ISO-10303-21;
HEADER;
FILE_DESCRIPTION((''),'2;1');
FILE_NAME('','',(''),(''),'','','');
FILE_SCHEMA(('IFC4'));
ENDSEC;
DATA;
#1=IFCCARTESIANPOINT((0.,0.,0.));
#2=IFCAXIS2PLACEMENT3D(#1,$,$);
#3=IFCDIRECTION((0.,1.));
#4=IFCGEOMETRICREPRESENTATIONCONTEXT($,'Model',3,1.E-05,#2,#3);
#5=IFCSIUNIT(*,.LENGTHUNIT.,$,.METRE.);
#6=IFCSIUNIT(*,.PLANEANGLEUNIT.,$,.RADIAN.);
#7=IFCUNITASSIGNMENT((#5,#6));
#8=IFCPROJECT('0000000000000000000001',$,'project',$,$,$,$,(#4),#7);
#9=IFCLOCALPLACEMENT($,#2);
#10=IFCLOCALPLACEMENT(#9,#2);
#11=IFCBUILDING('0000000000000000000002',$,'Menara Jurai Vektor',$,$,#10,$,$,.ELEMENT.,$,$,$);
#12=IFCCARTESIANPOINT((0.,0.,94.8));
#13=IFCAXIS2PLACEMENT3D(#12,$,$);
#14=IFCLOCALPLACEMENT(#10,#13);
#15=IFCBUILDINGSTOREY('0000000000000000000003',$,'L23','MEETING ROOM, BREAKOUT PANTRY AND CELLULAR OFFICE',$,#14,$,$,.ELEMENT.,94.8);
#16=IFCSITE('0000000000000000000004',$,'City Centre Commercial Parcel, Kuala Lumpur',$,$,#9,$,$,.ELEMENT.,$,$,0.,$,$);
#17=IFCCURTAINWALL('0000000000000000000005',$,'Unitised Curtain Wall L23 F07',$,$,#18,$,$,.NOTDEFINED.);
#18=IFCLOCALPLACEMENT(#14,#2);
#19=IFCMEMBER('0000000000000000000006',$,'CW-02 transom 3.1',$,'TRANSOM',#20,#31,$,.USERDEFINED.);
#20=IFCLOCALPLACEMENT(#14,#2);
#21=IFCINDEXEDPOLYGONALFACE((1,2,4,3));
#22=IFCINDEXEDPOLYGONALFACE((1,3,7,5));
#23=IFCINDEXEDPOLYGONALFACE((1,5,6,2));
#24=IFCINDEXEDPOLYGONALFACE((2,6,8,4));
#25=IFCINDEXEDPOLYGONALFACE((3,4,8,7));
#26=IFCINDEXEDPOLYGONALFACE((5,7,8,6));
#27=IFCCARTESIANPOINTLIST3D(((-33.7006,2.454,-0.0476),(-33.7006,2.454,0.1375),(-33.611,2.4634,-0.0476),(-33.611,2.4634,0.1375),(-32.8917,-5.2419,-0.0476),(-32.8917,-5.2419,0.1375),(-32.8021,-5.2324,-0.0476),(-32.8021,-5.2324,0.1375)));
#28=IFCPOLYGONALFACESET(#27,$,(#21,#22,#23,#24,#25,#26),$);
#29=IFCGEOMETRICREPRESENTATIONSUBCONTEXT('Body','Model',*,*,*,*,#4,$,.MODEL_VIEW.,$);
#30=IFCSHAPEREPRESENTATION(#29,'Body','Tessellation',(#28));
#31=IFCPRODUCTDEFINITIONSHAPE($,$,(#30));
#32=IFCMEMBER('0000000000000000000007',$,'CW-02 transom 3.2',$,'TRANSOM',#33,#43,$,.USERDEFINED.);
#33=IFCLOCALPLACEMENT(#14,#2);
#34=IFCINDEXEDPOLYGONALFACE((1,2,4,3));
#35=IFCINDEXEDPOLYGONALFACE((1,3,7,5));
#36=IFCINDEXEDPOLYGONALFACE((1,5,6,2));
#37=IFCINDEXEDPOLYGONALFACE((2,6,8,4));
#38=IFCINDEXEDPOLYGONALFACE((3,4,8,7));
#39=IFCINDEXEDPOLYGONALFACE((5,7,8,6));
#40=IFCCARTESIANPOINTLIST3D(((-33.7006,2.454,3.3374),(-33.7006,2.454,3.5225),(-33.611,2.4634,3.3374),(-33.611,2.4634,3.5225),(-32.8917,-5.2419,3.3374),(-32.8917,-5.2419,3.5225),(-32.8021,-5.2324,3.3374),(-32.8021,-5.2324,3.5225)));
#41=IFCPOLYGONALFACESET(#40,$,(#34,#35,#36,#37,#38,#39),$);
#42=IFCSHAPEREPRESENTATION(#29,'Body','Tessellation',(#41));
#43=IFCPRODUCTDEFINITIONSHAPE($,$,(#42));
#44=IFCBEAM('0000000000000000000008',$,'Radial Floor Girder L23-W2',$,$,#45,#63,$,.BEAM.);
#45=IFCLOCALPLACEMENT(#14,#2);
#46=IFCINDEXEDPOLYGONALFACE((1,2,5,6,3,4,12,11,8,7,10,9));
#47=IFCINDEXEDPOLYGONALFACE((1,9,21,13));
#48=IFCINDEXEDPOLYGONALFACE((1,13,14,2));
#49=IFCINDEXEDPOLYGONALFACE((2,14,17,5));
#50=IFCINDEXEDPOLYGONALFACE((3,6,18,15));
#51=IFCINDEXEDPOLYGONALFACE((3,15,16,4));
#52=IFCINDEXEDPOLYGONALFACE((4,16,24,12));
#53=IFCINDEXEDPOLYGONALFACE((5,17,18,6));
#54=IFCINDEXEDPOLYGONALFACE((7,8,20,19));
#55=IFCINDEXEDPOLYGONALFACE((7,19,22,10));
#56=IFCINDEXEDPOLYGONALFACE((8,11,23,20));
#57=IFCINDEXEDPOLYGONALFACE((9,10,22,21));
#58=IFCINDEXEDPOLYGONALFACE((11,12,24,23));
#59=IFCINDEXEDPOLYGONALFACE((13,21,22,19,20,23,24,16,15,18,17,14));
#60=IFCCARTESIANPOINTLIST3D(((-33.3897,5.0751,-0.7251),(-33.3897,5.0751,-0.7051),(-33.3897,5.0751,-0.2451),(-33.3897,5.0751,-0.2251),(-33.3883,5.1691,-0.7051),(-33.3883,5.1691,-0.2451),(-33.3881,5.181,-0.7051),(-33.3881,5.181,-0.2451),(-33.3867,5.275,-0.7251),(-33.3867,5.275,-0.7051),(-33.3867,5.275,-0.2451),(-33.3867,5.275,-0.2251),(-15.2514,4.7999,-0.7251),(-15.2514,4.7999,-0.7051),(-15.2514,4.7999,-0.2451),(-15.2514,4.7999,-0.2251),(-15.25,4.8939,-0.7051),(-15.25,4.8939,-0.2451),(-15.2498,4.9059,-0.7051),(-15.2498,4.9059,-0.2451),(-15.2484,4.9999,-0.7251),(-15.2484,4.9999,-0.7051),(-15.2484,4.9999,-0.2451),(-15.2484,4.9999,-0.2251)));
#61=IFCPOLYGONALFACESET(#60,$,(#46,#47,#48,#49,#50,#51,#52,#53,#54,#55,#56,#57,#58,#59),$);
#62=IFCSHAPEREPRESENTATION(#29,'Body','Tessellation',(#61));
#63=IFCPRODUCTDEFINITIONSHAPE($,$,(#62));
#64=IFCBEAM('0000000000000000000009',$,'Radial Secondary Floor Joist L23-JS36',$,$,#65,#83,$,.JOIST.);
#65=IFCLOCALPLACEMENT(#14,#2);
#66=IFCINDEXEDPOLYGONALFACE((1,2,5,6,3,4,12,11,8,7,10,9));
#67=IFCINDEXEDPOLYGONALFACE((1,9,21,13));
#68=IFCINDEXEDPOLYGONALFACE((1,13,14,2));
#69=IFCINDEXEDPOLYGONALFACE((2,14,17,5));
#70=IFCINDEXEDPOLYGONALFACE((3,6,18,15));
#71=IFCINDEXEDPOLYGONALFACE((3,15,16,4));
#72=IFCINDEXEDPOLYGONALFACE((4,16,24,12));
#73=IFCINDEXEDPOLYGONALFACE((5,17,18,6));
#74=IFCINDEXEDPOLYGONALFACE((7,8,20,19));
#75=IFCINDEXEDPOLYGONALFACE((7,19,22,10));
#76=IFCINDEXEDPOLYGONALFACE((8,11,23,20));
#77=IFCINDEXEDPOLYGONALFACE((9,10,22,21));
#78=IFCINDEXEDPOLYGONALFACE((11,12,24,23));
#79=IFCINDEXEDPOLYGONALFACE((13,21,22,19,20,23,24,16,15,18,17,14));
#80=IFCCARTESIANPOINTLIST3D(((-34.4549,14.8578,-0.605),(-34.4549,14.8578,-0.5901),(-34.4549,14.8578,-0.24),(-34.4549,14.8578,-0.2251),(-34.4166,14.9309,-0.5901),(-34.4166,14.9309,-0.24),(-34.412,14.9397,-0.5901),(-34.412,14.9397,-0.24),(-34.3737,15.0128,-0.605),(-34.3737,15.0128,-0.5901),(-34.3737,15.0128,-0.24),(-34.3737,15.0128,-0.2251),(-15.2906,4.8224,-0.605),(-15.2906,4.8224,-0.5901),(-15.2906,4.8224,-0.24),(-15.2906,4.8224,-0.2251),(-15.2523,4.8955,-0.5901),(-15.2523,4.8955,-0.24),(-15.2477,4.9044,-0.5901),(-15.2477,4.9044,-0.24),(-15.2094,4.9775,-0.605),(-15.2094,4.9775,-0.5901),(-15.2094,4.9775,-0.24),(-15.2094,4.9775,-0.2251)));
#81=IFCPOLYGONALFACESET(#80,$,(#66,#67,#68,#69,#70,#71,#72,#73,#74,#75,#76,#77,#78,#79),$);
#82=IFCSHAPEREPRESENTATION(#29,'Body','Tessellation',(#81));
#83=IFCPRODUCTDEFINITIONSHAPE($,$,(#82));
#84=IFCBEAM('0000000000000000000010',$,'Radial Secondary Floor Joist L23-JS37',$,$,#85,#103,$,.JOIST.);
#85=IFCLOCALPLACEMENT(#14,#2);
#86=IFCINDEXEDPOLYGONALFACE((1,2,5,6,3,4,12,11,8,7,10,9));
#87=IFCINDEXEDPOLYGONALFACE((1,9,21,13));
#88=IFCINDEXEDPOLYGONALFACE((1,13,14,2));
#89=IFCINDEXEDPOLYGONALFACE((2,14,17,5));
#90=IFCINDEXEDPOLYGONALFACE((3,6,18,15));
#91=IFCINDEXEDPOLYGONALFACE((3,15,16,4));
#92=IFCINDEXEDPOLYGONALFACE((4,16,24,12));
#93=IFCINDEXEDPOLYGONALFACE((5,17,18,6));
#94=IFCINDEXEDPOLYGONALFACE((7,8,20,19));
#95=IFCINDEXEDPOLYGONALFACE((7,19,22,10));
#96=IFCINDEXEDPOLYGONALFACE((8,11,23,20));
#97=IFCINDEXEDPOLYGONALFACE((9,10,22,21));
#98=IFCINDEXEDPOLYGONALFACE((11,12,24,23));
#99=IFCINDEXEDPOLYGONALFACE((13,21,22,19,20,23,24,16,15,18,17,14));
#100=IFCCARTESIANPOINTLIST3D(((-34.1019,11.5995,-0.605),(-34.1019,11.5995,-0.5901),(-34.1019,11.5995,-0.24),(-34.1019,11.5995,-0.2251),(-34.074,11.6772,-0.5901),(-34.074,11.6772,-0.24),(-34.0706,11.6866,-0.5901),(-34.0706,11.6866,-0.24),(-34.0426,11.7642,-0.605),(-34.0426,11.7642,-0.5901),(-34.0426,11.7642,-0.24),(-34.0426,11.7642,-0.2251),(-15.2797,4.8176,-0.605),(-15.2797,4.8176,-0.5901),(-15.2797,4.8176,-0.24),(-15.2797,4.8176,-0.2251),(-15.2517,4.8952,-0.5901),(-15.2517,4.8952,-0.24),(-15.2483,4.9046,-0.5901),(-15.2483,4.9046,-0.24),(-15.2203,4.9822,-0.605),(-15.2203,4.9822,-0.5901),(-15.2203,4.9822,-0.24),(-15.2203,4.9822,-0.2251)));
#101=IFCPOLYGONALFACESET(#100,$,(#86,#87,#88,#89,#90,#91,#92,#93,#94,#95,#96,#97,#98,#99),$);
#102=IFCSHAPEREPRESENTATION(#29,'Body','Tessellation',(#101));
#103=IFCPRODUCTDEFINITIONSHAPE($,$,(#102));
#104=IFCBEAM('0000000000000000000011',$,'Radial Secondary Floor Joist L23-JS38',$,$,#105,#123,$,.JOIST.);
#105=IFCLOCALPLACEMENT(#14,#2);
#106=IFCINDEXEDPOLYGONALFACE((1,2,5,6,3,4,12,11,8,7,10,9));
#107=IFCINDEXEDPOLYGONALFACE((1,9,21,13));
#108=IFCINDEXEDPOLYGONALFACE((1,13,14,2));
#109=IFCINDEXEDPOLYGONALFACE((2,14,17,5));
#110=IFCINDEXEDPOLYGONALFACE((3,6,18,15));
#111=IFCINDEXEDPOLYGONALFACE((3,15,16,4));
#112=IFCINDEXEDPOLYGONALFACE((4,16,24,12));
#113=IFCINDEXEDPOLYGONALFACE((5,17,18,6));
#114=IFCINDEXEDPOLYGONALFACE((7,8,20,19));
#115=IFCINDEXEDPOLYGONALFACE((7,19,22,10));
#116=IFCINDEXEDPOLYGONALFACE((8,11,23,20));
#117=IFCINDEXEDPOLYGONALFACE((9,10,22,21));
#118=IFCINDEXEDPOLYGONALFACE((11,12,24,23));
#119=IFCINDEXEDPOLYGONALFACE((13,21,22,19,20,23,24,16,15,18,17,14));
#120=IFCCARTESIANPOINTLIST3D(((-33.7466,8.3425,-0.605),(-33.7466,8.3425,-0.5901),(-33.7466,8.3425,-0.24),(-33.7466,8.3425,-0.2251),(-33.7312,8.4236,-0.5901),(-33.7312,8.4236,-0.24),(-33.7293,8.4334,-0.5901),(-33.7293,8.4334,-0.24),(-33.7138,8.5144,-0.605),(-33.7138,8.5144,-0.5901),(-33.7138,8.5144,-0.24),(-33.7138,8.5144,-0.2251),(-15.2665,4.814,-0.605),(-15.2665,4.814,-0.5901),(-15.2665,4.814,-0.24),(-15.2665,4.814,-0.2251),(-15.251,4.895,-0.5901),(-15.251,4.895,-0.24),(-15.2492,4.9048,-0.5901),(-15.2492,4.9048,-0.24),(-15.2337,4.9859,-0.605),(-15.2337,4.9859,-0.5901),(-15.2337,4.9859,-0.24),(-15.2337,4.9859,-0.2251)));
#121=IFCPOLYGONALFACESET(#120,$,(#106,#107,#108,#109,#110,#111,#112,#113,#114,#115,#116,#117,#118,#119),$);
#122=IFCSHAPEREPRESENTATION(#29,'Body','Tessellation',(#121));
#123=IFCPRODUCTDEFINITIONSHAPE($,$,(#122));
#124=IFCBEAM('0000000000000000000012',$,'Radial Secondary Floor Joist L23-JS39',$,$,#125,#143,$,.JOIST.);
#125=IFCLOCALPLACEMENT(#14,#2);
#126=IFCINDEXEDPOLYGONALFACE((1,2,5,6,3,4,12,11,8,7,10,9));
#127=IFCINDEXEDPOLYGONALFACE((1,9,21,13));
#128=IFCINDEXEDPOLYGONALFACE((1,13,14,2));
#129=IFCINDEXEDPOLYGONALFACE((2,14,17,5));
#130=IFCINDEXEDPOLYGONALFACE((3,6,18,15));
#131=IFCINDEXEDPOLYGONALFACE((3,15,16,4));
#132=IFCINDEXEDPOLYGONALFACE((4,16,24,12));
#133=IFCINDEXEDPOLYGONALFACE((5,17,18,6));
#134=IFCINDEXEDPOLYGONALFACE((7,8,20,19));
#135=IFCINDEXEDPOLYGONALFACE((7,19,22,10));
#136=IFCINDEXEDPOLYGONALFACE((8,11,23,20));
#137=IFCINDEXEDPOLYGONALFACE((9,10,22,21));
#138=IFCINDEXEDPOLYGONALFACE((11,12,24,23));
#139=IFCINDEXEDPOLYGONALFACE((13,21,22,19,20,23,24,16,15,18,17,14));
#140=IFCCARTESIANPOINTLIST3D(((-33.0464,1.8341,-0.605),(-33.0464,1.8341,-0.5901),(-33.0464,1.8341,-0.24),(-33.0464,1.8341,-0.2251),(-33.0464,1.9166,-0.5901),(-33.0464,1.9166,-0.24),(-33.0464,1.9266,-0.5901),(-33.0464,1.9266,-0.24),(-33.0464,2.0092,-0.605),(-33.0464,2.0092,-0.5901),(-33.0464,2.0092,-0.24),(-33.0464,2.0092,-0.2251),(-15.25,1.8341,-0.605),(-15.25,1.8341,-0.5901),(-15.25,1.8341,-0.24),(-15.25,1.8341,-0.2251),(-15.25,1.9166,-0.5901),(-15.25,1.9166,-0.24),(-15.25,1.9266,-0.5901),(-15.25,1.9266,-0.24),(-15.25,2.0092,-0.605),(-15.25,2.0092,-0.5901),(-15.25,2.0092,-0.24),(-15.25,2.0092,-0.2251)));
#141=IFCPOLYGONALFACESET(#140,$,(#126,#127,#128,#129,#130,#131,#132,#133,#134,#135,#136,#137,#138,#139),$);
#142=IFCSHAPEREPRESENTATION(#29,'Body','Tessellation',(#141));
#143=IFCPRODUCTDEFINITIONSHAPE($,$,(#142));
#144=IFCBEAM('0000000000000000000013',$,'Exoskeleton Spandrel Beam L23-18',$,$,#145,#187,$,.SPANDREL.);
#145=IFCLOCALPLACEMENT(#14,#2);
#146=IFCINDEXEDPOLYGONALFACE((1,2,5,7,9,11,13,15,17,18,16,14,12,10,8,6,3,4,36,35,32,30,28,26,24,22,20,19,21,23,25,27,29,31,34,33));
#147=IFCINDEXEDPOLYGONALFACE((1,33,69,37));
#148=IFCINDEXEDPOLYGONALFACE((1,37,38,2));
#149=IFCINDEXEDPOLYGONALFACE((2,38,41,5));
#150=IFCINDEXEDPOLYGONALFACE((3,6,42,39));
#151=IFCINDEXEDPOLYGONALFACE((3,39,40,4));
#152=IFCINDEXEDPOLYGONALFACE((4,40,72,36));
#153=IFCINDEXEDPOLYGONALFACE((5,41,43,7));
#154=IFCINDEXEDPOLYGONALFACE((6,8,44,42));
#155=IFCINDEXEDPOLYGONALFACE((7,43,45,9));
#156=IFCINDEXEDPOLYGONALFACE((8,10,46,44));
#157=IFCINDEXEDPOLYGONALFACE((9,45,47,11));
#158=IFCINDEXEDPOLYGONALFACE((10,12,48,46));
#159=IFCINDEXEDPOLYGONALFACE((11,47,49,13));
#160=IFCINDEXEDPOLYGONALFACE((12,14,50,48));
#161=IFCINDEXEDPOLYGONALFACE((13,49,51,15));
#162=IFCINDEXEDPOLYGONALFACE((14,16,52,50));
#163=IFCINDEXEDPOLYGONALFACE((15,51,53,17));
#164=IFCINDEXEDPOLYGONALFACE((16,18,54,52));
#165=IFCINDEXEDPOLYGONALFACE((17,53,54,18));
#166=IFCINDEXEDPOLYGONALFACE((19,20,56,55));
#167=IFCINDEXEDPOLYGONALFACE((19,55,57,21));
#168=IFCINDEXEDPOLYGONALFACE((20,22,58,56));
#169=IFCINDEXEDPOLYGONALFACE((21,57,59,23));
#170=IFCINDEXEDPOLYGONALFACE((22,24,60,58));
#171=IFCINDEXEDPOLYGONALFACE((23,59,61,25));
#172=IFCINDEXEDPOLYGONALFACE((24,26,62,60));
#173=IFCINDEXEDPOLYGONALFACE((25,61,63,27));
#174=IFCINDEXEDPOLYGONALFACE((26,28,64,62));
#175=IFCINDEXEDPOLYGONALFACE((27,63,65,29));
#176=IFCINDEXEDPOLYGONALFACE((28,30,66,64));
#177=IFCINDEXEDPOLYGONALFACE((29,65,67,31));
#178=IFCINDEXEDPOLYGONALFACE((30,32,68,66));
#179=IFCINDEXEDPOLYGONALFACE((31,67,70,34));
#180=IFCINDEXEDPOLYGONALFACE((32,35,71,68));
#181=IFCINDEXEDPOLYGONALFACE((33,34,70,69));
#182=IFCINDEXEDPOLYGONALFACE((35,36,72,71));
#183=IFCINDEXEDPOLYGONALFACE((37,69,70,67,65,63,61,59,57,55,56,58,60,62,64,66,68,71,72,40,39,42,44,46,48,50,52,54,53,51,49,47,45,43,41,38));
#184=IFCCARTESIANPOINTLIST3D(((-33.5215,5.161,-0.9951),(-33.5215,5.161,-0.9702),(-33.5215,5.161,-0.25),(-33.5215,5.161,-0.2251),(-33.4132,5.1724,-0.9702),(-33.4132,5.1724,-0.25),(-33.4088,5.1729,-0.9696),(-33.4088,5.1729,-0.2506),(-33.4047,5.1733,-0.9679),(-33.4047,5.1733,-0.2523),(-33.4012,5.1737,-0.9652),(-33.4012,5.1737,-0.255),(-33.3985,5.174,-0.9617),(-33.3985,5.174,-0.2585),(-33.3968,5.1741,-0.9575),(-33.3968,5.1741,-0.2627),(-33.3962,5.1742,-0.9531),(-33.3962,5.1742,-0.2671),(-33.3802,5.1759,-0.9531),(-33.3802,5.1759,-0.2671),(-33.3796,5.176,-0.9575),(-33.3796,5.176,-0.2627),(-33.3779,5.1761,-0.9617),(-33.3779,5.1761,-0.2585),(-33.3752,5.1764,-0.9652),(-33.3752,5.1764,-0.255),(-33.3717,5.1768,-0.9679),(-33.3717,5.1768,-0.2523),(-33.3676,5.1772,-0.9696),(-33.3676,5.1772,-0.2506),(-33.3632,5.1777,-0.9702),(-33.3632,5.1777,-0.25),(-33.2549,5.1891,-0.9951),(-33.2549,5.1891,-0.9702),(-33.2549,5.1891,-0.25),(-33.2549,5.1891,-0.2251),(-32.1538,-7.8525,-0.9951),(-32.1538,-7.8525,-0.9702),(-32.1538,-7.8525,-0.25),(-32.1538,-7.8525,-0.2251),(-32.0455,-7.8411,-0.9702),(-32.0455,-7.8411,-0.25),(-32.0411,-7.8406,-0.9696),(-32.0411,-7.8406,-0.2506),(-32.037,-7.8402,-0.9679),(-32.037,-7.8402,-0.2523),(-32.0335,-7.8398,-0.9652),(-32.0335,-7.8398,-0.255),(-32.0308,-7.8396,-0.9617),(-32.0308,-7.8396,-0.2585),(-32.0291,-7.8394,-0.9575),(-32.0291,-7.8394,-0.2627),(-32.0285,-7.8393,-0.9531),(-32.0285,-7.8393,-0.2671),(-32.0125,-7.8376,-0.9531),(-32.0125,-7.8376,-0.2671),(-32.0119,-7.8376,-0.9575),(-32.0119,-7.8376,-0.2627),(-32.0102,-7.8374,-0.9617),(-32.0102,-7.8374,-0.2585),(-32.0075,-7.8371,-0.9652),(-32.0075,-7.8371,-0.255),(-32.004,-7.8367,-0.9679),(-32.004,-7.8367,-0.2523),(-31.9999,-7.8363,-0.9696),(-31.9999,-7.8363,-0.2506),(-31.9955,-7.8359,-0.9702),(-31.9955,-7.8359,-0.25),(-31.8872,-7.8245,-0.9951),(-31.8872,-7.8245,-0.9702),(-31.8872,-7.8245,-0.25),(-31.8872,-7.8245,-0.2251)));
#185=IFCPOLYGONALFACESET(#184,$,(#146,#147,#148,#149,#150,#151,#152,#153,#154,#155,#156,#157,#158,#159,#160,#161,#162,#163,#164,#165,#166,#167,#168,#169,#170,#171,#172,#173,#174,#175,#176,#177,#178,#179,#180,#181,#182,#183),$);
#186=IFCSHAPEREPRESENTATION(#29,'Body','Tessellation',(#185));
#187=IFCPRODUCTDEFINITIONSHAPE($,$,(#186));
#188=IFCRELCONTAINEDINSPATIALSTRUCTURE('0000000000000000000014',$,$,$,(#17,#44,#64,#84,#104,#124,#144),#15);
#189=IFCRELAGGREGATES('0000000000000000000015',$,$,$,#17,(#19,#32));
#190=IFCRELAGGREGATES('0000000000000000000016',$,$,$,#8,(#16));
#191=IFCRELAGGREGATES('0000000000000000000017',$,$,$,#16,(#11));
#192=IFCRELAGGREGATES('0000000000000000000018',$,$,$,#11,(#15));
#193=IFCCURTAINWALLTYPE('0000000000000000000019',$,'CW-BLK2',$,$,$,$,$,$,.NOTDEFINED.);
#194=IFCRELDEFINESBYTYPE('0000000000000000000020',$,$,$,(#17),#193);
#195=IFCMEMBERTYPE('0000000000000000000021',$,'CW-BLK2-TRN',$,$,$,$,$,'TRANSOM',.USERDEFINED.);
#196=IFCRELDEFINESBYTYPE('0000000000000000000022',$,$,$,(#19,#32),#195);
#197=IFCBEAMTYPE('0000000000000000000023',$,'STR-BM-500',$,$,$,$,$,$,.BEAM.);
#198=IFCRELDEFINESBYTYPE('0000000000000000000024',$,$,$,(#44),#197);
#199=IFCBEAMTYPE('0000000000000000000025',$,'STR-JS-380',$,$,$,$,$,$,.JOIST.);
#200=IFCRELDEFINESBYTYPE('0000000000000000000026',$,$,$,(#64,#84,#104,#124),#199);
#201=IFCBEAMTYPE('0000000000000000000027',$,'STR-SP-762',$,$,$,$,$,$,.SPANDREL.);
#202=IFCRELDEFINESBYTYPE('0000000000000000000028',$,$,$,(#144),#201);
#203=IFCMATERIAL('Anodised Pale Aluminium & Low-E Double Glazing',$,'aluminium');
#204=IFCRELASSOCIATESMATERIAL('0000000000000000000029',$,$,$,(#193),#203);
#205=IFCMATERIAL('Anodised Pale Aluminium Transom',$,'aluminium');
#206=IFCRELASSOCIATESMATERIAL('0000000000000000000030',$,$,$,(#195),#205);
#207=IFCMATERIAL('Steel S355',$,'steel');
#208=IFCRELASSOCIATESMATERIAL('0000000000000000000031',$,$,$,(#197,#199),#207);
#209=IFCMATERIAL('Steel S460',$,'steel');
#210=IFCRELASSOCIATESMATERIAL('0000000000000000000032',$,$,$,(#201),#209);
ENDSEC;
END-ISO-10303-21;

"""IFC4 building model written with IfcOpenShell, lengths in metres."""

from ifc_helpers import new_model, si_unit, direction, frame, origin, origin_2d, place, context, subcontext, project, spatial, rectangle, i_section, extrude, material, material_profile, profile_set, type_object, element, aggregate, save


model = new_model("IFC4")

# Units and contexts
model_context = context("Model", 3, precision=1e-05, world=origin(), true_north=direction((0.0, 1.0)))
body_context = subcontext(model_context, "Body", "Model", "MODEL_VIEW")
ifc_project = project(units=[si_unit("LENGTHUNIT", "METRE"), si_unit("PLANEANGLEUNIT", "RADIAN")], contexts=[model_context])

# Site, building, storey
site_placement = place(None, origin())
site = spatial("IfcSite", under=ifc_project, at=site_placement, Name="City Centre Commercial Parcel, Kuala Lumpur", CompositionType="ELEMENT", RefElevation=0.0)
building_placement = place(site_placement, origin())
building = spatial("IfcBuilding", under=site, at=building_placement, Name="Menara Jurai Vektor", CompositionType="ELEMENT")
storey_placement = place(building_placement, frame((0.0, 0.0, 94.8)))
storey = spatial("IfcBuildingStorey", under=building, at=storey_placement, Name="L23", Description="MEETING ROOM, BREAKOUT PANTRY AND CELLULAR OFFICE", CompositionType="ELEMENT", Elevation=94.8)

# Shared definitions
ifc_material_1 = material(Name="Steel S460", Category="steel")

# Curtain wall, members
ifc_material_2 = material(Name="Anodised Pale Aluminium & Low-E Double Glazing", Category="aluminium")
curtain_wall_type = type_object("IfcCurtainWallType", Name="CW-BLK2", PredefinedType="NOTDEFINED", material=ifc_material_2)
curtain_wall_placement = place(storey_placement, origin())
curtain_wall = element("IfcCurtainWall", 1, at=curtain_wall_placement, inside=storey, type_object=curtain_wall_type, Name="Unitised Curtain Wall L23 F07", PredefinedType="NOTDEFINED")
ifc_material_3 = material(Name="Anodised Pale Aluminium Transom", Category="aluminium")
ifc_material_profile_1 = material_profile(ifc_material_3, rectangle(XDim=0.0901, YDim=0.1851, at=origin_2d()), Name="ALU TRN 90x185")
ifc_profile_set_1 = profile_set([ifc_material_profile_1], Name="Anodised Pale Aluminium Transom")
member_type_1 = type_object("IfcMemberType", Name="CW-BLK2-TRN", ElementType="TRANSOM", PredefinedType="USERDEFINED", material=ifc_profile_set_1)
member_1_placement = place(storey_placement, frame((-33.6558, 2.4587, 0.0449), z_axis=(0.104525, -0.994522, 0.0), x_axis=(0.994522, 0.104525, 0.0)))
member_1 = element("IfcMember", 2, at=member_1_placement, type_object=member_type_1, Name="CW-02 transom 3.1", ObjectType="TRANSOM", PredefinedType="USERDEFINED", context=body_context, shape_type="SweptSolid", body=[
    extrude(rectangle(XDim=0.0901, YDim=0.1851, at=origin_2d()), origin(), (0.0, 0.0, 1.0), 7.7383),
])
member_2_placement = place(storey_placement, frame((-33.6558, 2.4587, 3.4299), z_axis=(0.104525, -0.994522, 0.0), x_axis=(0.994522, 0.104525, 0.0)))
member_2 = element("IfcMember", 3, at=member_2_placement, type_object=member_type_1, Name="CW-02 transom 3.2", ObjectType="TRANSOM", PredefinedType="USERDEFINED", context=body_context, shape_type="SweptSolid", body=[
    extrude(rectangle(XDim=0.0901, YDim=0.1851, at=origin_2d()), origin(), (0.0, 0.0, 1.0), 7.7383),
])

# Beams
ifc_material_4 = material(Name="Steel S355", Category="steel")
ifc_material_profile_2 = material_profile(ifc_material_4, i_section(OverallWidth=0.2, OverallDepth=0.5, WebThickness=0.012, FlangeThickness=0.02, at=origin_2d()), Name="PG 500x200x96")
ifc_profile_set_2 = profile_set([ifc_material_profile_2], Name="Steel S355")
beam_type_1 = type_object("IfcBeamType", Name="STR-BM-500", PredefinedType="BEAM", material=ifc_profile_set_2)
beam_1_placement = place(storey_placement, frame((-33.3882, 5.175, -0.4751), z_axis=(0.999885, -0.015168, 0.0), x_axis=(0.015168, 0.999885, 0.0)))
element("IfcBeam", 4, at=beam_1_placement, inside=storey, type_object=beam_type_1, Name="Radial Floor Girder L23-W2", PredefinedType="BEAM", context=body_context, shape_type="SweptSolid", body=[
    extrude(i_section(OverallWidth=0.2, OverallDepth=0.5, WebThickness=0.012, FlangeThickness=0.02, at=origin_2d()), origin(), (0.0, 0.0, 1.0), 18.1404),
])
ifc_material_profile_3 = material_profile(ifc_material_4, i_section(OverallWidth=0.175, OverallDepth=0.3799, WebThickness=0.01, FlangeThickness=0.0149, at=origin_2d()), Name="PG 380x175x58")
ifc_profile_set_3 = profile_set([ifc_material_profile_3], Name="Steel S355")
beam_type_2 = type_object("IfcBeamType", Name="STR-JS-380", PredefinedType="JOIST", material=ifc_profile_set_3)
beam_2_placement = place(storey_placement, frame((-34.4143, 14.9353, -0.415), z_axis=(0.885889, -0.463897, 0.0), x_axis=(0.463897, 0.885889, 0.0)))
element("IfcBeam", 5, at=beam_2_placement, inside=storey, type_object=beam_type_2, Name="Radial Secondary Floor Joist L23-JS36", PredefinedType="JOIST", context=body_context, shape_type="SweptSolid", body=[
    extrude(i_section(OverallWidth=0.175, OverallDepth=0.3799, WebThickness=0.01, FlangeThickness=0.0149, at=origin_2d()), origin(), (0.0, 0.0, 1.0), 21.6328),
])
beam_3_placement = place(storey_placement, frame((-34.0723, 11.6819, -0.415), z_axis=(0.940792, -0.338983, 0.0), x_axis=(0.338983, 0.940792, 0.0)))
element("IfcBeam", 6, at=beam_3_placement, inside=storey, type_object=beam_type_2, Name="Radial Secondary Floor Joist L23-JS37", PredefinedType="JOIST", context=body_context, shape_type="SweptSolid", body=[
    extrude(i_section(OverallWidth=0.175, OverallDepth=0.3799, WebThickness=0.01, FlangeThickness=0.0149, at=origin_2d()), origin(), (0.0, 0.0, 1.0), 20.0068),
])
beam_4_placement = place(storey_placement, frame((-33.7302, 8.4285, -0.415), z_axis=(0.982255, -0.187549, 0.0), x_axis=(0.187549, 0.982255, 0.0)))
element("IfcBeam", 7, at=beam_4_placement, inside=storey, type_object=beam_type_2, Name="Radial Secondary Floor Joist L23-JS38", PredefinedType="JOIST", context=body_context, shape_type="SweptSolid", body=[
    extrude(i_section(OverallWidth=0.175, OverallDepth=0.3799, WebThickness=0.01, FlangeThickness=0.0149, at=origin_2d()), origin(), (0.0, 0.0, 1.0), 18.814),
])
beam_5_placement = place(storey_placement, frame((-33.0464, 1.9216, -0.415), z_axis=(1.0, 0.0, 0.0), x_axis=(0.0, 1.0, 0.0)))
element("IfcBeam", 8, at=beam_5_placement, inside=storey, type_object=beam_type_2, Name="Radial Secondary Floor Joist L23-JS39", PredefinedType="JOIST", context=body_context, shape_type="SweptSolid", body=[
    extrude(i_section(OverallWidth=0.175, OverallDepth=0.3799, WebThickness=0.01, FlangeThickness=0.0149, at=origin_2d()), origin(), (0.0, 0.0, 1.0), 17.7964),
])
ifc_material_profile_4 = material_profile(ifc_material_1, i_section(OverallWidth=0.2681, OverallDepth=0.77, WebThickness=0.0161, FlangeThickness=0.0249, FilletRadius=0.0171, at=origin_2d()), Name="UKB 762x267x197")
ifc_profile_set_4 = profile_set([ifc_material_profile_4], Name="Steel S460")
beam_type_3 = type_object("IfcBeamType", Name="STR-SP-762", PredefinedType="SPANDREL", material=ifc_profile_set_4)
beam_6_placement = place(storey_placement, frame((-33.3882, 5.175, -0.6101), z_axis=(0.104522, -0.994523, 0.0), x_axis=(0.994523, 0.104522, 0.0)))
element("IfcBeam", 9, at=beam_6_placement, inside=storey, type_object=beam_type_3, Name="Exoskeleton Spandrel Beam L23-18", PredefinedType="SPANDREL", context=body_context, shape_type="SweptSolid", body=[
    extrude(i_section(OverallWidth=0.2681, OverallDepth=0.77, WebThickness=0.0161, FlangeThickness=0.0249, FilletRadius=0.0171, at=origin_2d()), origin(), (0.0, 0.0, 1.0), 13.0852),
])

aggregate(curtain_wall, [member_1, member_2])

save(model, "model.ifc")
